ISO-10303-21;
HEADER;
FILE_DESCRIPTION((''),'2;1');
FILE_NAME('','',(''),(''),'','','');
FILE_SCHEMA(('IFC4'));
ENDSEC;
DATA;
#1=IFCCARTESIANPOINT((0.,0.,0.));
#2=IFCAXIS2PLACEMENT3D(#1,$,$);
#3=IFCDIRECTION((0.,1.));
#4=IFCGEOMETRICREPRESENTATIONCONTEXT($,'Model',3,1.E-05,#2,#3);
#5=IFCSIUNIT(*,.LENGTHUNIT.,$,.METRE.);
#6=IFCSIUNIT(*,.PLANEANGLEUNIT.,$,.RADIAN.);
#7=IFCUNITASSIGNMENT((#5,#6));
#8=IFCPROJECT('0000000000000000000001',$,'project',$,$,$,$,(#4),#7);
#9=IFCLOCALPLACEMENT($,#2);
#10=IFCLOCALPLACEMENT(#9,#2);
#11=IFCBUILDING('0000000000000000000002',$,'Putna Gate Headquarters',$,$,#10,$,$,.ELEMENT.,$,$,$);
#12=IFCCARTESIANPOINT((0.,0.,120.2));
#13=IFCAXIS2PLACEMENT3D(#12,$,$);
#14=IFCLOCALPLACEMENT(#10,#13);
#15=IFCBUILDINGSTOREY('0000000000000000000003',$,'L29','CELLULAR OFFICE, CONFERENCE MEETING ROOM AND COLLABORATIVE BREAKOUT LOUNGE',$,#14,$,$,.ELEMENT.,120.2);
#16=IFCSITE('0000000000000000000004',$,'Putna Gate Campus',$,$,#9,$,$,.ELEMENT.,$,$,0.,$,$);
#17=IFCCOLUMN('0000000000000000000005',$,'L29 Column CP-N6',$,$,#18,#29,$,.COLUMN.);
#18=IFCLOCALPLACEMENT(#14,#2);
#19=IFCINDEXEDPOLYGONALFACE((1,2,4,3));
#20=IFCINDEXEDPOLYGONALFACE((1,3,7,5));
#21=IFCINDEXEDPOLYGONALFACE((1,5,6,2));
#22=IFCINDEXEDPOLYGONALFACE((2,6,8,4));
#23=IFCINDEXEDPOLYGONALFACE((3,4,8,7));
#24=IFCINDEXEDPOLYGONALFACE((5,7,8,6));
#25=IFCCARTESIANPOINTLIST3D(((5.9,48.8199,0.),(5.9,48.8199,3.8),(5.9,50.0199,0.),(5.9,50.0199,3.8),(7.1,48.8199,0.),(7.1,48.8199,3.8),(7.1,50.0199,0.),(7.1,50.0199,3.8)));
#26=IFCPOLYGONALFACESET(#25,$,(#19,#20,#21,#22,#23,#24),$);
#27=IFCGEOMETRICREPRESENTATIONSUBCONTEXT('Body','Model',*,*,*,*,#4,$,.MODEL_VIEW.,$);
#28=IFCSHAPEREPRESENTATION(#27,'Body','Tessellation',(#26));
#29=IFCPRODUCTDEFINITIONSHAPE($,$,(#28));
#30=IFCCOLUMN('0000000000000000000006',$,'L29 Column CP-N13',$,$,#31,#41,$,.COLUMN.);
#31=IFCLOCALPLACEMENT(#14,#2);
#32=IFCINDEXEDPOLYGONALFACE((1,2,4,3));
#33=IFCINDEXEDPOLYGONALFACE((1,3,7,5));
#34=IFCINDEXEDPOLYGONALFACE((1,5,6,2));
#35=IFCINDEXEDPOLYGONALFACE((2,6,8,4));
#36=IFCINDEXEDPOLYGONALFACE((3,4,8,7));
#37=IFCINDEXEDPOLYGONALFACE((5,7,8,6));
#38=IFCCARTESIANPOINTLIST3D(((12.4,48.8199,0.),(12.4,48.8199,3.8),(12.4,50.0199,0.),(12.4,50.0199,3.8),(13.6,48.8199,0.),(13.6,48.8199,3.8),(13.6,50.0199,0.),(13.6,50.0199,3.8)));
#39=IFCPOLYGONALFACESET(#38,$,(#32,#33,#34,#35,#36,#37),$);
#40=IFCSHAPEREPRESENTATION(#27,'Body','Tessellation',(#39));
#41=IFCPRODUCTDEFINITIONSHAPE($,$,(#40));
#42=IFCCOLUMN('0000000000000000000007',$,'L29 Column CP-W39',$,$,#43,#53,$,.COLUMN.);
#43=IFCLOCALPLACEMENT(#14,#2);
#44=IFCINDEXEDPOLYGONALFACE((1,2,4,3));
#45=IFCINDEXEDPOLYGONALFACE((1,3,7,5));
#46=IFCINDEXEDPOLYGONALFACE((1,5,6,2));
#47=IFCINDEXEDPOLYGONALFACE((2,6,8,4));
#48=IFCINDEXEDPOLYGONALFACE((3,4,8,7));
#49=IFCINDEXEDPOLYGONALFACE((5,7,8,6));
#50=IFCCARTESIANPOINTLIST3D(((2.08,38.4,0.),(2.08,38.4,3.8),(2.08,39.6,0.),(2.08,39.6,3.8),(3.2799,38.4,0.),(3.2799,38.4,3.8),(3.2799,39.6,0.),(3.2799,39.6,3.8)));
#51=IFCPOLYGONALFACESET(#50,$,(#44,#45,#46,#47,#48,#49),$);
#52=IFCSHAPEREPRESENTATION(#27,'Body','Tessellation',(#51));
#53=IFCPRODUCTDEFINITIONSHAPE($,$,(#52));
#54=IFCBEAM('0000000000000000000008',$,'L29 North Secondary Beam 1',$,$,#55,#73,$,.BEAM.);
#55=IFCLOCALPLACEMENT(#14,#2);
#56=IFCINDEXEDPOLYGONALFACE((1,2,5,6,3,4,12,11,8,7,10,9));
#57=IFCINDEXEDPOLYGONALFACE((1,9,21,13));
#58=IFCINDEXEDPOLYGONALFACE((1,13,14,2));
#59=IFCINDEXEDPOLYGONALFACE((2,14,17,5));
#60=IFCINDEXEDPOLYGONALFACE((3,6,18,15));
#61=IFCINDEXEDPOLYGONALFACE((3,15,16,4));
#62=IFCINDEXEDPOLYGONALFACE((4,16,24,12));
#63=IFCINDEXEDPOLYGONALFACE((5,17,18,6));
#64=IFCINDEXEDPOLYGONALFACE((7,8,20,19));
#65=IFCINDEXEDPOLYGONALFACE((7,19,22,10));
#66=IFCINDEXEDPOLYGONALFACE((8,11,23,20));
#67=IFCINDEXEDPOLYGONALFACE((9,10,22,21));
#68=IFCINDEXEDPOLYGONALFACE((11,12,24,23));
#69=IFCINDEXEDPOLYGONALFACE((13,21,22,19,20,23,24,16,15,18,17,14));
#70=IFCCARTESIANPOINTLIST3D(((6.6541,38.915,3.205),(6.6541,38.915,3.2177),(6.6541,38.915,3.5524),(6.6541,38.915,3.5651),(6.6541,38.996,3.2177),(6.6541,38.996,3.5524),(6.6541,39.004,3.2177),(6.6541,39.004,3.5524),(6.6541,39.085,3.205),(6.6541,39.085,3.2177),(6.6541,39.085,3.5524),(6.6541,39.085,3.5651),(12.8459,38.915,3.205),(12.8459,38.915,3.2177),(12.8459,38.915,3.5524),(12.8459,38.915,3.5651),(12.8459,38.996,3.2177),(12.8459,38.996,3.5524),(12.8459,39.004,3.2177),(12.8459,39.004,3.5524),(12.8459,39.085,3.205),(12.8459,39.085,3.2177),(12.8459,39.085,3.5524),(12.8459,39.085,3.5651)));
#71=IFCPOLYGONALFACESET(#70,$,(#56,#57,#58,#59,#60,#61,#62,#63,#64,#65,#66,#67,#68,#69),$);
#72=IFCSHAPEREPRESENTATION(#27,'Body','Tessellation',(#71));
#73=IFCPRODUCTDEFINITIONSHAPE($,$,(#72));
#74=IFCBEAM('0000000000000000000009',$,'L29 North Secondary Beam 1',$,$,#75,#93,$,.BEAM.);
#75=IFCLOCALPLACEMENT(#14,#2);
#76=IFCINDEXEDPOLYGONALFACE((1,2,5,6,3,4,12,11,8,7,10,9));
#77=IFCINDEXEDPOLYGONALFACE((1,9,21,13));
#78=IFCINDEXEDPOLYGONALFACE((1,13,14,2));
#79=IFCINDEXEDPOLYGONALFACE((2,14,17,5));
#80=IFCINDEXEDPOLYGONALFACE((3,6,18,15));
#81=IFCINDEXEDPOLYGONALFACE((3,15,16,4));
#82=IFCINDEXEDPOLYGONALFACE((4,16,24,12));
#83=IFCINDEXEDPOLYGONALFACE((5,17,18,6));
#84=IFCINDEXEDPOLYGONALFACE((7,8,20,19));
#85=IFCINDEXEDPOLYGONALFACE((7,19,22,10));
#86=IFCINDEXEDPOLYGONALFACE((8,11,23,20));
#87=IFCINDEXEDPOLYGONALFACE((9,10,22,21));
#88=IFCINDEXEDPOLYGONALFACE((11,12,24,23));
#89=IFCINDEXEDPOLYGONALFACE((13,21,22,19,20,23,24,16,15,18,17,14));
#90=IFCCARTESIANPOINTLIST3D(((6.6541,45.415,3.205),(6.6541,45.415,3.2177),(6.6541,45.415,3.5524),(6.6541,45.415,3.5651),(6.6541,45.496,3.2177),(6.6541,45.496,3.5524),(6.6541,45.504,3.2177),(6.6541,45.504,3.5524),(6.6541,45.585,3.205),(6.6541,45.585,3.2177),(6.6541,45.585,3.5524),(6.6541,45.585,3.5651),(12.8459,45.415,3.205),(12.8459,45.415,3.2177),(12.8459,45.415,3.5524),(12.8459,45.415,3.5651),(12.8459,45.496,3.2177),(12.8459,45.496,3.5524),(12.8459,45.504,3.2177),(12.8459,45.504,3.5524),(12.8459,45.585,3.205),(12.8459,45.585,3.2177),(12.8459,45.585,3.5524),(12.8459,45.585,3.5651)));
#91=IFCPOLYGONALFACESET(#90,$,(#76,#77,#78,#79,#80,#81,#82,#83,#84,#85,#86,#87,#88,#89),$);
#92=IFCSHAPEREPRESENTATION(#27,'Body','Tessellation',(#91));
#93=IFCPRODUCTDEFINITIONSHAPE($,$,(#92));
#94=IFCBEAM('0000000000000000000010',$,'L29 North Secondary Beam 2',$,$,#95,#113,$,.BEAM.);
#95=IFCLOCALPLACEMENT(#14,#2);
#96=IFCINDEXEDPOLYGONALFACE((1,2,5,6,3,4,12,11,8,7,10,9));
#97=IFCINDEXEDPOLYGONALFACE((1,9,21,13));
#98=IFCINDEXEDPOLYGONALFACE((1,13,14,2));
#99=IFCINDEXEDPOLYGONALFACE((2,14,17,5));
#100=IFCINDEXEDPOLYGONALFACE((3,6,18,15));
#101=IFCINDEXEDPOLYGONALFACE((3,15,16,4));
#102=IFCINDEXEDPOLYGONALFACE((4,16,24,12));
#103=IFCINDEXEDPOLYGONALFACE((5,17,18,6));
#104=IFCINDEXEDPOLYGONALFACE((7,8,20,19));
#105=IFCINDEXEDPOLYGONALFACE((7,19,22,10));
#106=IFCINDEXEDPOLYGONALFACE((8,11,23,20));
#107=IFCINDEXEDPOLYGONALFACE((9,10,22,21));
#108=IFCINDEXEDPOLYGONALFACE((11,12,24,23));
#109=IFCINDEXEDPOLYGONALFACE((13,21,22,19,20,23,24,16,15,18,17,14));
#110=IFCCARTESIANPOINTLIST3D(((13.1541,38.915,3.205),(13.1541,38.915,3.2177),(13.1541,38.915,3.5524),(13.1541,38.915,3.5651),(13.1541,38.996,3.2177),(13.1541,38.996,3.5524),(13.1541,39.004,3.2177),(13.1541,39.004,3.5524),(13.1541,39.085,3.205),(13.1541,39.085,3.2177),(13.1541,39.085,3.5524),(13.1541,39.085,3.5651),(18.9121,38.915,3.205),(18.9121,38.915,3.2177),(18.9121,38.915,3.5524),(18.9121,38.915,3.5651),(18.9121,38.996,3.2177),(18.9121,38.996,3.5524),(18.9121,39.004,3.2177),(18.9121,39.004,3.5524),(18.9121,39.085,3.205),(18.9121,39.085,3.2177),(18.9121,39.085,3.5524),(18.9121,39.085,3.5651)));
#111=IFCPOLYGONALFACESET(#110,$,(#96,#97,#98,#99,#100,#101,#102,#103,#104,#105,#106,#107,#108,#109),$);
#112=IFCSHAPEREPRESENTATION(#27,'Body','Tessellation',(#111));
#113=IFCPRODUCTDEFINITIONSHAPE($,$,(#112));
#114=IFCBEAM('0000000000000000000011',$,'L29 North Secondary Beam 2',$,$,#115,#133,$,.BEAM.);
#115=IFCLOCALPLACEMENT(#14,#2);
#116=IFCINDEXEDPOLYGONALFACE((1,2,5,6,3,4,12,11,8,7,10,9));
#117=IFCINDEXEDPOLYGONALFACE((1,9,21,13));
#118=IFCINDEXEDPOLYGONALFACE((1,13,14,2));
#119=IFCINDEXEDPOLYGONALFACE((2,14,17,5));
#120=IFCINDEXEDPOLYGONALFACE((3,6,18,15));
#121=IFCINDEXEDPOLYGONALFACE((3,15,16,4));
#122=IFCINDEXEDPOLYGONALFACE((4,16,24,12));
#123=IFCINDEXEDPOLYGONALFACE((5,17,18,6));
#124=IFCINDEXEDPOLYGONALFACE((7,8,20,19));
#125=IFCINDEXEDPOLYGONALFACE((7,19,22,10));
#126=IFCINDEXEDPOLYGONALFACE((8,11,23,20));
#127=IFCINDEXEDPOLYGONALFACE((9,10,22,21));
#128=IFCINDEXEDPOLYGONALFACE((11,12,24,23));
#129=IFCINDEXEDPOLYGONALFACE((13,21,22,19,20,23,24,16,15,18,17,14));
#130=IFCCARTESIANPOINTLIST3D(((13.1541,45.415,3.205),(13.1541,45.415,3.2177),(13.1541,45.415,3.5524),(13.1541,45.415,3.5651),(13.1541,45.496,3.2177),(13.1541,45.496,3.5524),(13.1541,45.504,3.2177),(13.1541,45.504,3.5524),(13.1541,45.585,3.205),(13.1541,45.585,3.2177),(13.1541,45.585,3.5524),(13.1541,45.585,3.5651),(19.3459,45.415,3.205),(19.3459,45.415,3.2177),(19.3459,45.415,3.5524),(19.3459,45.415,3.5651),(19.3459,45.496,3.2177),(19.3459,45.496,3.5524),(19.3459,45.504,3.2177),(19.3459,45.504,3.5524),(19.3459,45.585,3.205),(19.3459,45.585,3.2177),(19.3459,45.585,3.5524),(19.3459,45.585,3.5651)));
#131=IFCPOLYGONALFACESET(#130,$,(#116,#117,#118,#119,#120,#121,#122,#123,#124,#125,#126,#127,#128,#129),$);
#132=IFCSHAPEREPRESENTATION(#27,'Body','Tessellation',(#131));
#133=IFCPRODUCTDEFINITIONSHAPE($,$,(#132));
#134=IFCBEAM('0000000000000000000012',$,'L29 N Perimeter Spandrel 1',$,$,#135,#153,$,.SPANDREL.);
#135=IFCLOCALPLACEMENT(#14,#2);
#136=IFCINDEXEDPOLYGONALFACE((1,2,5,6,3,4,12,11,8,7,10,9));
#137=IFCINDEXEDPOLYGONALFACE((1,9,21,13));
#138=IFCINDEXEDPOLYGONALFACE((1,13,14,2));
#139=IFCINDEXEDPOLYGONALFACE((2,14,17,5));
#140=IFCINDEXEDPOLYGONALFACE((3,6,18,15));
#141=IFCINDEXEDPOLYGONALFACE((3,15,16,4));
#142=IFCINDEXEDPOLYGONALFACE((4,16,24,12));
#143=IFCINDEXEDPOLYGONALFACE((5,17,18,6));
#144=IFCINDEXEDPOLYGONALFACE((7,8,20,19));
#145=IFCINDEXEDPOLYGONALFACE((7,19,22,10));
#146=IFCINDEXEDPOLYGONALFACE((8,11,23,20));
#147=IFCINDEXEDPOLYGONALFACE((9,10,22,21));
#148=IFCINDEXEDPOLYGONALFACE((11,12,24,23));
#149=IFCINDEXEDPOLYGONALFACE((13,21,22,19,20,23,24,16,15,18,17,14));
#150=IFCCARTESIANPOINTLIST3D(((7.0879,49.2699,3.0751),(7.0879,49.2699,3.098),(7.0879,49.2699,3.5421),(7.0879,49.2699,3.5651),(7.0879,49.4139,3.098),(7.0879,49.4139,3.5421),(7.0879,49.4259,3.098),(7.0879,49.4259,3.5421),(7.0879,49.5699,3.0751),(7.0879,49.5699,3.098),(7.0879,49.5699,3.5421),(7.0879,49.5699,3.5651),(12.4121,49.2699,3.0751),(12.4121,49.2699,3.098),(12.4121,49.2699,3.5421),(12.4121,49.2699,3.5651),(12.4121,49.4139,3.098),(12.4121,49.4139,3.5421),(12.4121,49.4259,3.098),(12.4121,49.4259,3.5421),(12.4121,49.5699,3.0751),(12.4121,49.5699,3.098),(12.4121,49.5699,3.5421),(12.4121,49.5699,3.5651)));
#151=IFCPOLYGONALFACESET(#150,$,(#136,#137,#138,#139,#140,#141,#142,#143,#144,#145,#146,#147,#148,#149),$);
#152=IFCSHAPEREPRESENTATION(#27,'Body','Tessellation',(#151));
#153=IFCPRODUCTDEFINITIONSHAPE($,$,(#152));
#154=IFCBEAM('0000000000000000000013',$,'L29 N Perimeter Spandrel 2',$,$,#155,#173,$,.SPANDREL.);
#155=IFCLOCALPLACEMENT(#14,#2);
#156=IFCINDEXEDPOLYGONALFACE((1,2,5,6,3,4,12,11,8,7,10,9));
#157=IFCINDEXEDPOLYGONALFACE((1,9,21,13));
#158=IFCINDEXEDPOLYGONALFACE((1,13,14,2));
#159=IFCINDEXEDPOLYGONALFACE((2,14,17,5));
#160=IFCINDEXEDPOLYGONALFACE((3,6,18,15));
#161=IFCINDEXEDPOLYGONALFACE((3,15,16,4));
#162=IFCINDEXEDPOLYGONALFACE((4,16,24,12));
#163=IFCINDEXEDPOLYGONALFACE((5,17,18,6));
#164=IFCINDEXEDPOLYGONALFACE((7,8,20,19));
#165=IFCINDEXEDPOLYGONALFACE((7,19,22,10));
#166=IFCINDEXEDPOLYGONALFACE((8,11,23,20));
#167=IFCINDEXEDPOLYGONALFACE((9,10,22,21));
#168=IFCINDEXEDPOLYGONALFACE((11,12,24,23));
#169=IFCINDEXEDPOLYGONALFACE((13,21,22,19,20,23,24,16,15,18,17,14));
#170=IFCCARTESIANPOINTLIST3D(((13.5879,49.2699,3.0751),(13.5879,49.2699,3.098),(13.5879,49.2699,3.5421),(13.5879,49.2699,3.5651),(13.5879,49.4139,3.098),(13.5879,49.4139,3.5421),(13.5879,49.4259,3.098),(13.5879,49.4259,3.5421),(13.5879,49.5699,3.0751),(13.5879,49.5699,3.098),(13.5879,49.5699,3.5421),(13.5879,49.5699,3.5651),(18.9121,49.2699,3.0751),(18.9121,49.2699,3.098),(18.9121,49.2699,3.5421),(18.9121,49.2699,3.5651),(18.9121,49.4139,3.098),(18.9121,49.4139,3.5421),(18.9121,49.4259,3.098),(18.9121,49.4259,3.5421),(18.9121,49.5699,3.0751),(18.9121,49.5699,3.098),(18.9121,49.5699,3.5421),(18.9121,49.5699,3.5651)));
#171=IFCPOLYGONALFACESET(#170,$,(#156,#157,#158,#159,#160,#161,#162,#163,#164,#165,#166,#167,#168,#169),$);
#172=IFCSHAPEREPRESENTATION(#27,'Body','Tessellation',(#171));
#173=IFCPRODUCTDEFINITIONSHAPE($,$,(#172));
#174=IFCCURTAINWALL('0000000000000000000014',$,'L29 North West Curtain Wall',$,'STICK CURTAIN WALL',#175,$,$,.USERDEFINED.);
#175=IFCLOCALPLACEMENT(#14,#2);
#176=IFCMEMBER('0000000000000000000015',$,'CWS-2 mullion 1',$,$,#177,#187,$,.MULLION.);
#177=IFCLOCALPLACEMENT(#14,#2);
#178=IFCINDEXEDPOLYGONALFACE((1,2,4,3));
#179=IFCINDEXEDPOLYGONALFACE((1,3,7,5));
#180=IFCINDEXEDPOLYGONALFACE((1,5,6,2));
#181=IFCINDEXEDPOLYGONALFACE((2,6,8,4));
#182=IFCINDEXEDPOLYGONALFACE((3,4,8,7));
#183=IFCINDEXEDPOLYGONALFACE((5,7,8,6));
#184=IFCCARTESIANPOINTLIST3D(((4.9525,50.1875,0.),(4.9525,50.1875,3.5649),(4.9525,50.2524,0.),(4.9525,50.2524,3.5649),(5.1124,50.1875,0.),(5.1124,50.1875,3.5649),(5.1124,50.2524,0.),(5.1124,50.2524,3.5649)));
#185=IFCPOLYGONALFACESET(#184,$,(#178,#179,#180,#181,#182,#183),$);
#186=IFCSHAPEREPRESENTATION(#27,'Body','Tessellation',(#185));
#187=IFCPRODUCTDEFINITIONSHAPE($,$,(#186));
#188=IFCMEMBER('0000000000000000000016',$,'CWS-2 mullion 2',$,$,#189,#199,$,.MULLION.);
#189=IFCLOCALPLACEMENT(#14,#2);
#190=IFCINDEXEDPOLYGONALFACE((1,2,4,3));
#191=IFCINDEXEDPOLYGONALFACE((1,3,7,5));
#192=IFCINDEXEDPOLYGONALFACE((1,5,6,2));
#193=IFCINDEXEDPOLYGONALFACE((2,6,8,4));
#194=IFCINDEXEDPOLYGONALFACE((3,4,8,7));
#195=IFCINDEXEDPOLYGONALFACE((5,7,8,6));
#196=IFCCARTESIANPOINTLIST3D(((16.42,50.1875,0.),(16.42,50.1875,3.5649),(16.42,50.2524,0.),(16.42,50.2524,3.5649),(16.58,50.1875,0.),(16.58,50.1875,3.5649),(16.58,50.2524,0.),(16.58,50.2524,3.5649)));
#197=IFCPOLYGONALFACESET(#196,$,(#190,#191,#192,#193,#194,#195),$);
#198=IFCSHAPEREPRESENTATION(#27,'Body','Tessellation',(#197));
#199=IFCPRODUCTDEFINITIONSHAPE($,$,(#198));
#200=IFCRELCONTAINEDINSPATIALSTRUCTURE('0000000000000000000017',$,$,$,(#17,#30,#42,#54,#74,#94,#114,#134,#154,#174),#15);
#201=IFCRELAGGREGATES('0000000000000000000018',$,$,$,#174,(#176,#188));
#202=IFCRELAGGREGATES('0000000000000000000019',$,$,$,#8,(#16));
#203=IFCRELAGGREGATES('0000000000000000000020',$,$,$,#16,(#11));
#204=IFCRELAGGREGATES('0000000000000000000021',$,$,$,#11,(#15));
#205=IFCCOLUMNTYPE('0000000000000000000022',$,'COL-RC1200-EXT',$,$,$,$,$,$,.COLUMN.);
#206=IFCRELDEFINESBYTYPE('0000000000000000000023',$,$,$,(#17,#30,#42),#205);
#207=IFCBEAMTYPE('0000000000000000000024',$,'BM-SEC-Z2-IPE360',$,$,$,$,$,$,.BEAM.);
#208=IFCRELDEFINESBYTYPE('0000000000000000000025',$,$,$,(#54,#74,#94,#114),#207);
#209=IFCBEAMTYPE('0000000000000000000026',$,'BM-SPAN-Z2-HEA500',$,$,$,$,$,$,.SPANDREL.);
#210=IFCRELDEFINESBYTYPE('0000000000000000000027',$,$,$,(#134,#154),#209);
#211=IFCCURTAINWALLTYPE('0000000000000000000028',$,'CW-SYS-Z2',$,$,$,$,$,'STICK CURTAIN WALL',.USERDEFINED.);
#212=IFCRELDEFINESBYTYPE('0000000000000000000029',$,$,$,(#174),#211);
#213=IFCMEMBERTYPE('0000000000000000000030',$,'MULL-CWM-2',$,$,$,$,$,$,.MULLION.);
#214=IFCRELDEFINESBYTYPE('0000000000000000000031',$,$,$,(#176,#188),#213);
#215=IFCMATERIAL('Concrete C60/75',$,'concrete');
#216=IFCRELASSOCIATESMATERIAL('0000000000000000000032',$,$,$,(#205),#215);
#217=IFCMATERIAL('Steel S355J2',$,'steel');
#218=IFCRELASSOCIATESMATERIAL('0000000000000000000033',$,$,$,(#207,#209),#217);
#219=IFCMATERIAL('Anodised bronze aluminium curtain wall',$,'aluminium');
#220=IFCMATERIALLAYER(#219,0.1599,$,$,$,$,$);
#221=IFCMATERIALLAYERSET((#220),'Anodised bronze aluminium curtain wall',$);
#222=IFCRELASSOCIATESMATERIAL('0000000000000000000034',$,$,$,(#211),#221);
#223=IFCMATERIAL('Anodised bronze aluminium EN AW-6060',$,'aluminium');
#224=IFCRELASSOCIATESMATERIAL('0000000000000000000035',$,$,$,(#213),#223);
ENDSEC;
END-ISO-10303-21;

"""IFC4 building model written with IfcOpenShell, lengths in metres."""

from ifc_helpers import new_model, si_unit, direction, frame, origin, origin_2d, place, context, subcontext, project, spatial, rectangle, i_section, extrude, material, layer, layer_set, material_profile, profile_set, type_object, element, aggregate, save


model = new_model("IFC4")

# Units and contexts
model_context = context("Model", 3, precision=1e-05, world=origin(), true_north=direction((0.0, 1.0)))
body_context = subcontext(model_context, "Body", "Model", "MODEL_VIEW")
ifc_project = project(units=[si_unit("LENGTHUNIT", "METRE"), si_unit("PLANEANGLEUNIT", "RADIAN")], contexts=[model_context])

# Site, building, storey
site_placement = place(None, origin())
site = spatial("IfcSite", under=ifc_project, at=site_placement, Name="Putna Gate Campus", CompositionType="ELEMENT", RefElevation=0.0)
building_placement = place(site_placement, origin())
building = spatial("IfcBuilding", under=site, at=building_placement, Name="Putna Gate Headquarters", CompositionType="ELEMENT")
storey_placement = place(building_placement, frame((0.0, 0.0, 120.2)))
storey = spatial("IfcBuildingStorey", under=building, at=storey_placement, Name="L29", Description="CELLULAR OFFICE, CONFERENCE MEETING ROOM AND COLLABORATIVE BREAKOUT LOUNGE", CompositionType="ELEMENT", Elevation=120.2)

# Columns
ifc_material_1 = material(Name="Concrete C60/75", Category="concrete")
ifc_material_profile_1 = material_profile(ifc_material_1, rectangle(XDim=1.2, YDim=1.2, at=origin_2d()), Name="Concrete C60/75")
ifc_profile_set_1 = profile_set([ifc_material_profile_1], Name="Concrete C60/75")
column_type = type_object("IfcColumnType", Name="COL-RC1200-EXT", PredefinedType="COLUMN", material=ifc_profile_set_1)
for number, where, z_axis, x_axis, name in (
    (1, (6.5, 49.4199, 0.0), (0.0, 0.0, 1.0), (1.0, 0.0, 0.0), "L29 Column CP-N6"),
    (2, (13.0, 49.4199, 0.0), (0.0, 0.0, 1.0), (1.0, 0.0, 0.0), "L29 Column CP-N13"),
    (3, (2.6799, 39.0, 0.0), (0.0, 0.0, 1.0), (1.0, 0.0, 0.0), "L29 Column CP-W39"),
):
    element("IfcColumn", number, at=place(storey_placement, frame(where, z_axis=z_axis, x_axis=x_axis)), inside=storey, type_object=column_type, Name=name, PredefinedType="COLUMN", context=body_context, shape_type="SweptSolid", body=[
        extrude(rectangle(XDim=1.2, YDim=1.2, at=origin_2d()), origin(), (0.0, 0.0, 1.0), 3.8),
    ])

# Beams
ifc_material_2 = material(Name="Steel S355J2", Category="steel")
ifc_material_profile_2 = material_profile(ifc_material_2, i_section(OverallWidth=0.1699, OverallDepth=0.3601, WebThickness=0.0081, FlangeThickness=0.0127, at=origin_2d()), Name="Steel S355J2")
ifc_profile_set_2 = profile_set([ifc_material_profile_2], Name="Steel S355J2")
beam_type_1 = type_object("IfcBeamType", Name="BM-SEC-Z2-IPE360", PredefinedType="BEAM", material=ifc_profile_set_2)
for number, where, z_axis, x_axis, name in (
    (4, (6.6541, 39.0, 3.385), (1.0, 0.0, 0.0), (0.0, 1.0, 0.0), "L29 North Secondary Beam 1"),
    (5, (6.6541, 45.5, 3.385), (1.0, 0.0, 0.0), (0.0, 1.0, 0.0), "L29 North Secondary Beam 1"),
):
    element("IfcBeam", number, at=place(storey_placement, frame(where, z_axis=z_axis, x_axis=x_axis)), inside=storey, type_object=beam_type_1, Name=name, PredefinedType="BEAM", context=body_context, shape_type="SweptSolid", body=[
        extrude(i_section(OverallWidth=0.1699, OverallDepth=0.3601, WebThickness=0.0081, FlangeThickness=0.0127, at=origin_2d()), origin(), (0.0, 0.0, 1.0), 6.1919),
    ])
beam_1_placement = place(storey_placement, frame((13.1541, 39.0, 3.385), z_axis=(1.0, 0.0, 0.0), x_axis=(0.0, 1.0, 0.0)))
element("IfcBeam", 6, at=beam_1_placement, inside=storey, type_object=beam_type_1, Name="L29 North Secondary Beam 2", PredefinedType="BEAM", context=body_context, shape_type="SweptSolid", body=[
    extrude(i_section(OverallWidth=0.1699, OverallDepth=0.3601, WebThickness=0.0081, FlangeThickness=0.0127, at=origin_2d()), origin(), (0.0, 0.0, 1.0), 5.7581),
])
beam_2_placement = place(storey_placement, frame((13.1541, 45.5, 3.385), z_axis=(1.0, 0.0, 0.0), x_axis=(0.0, 1.0, 0.0)))
element("IfcBeam", 7, at=beam_2_placement, inside=storey, type_object=beam_type_1, Name="L29 North Secondary Beam 2", PredefinedType="BEAM", context=body_context, shape_type="SweptSolid", body=[
    extrude(i_section(OverallWidth=0.1699, OverallDepth=0.3601, WebThickness=0.0081, FlangeThickness=0.0127, at=origin_2d()), origin(), (0.0, 0.0, 1.0), 6.1919),
])
ifc_material_profile_3 = material_profile(ifc_material_2, i_section(OverallWidth=0.3, OverallDepth=0.49, WebThickness=0.012, FlangeThickness=0.0229, at=origin_2d()), Name="Steel S355J2")
ifc_profile_set_3 = profile_set([ifc_material_profile_3], Name="Steel S355J2")
beam_type_2 = type_object("IfcBeamType", Name="BM-SPAN-Z2-HEA500", PredefinedType="SPANDREL", material=ifc_profile_set_3)
for number, where, z_axis, x_axis, name in (
    (8, (7.0879, 49.4199, 3.3201), (1.0, 0.0, 0.0), (0.0, 1.0, 0.0), "L29 N Perimeter Spandrel 1"),
    (9, (13.5879, 49.4199, 3.3201), (1.0, 0.0, 0.0), (0.0, 1.0, 0.0), "L29 N Perimeter Spandrel 2"),
):
    element("IfcBeam", number, at=place(storey_placement, frame(where, z_axis=z_axis, x_axis=x_axis)), inside=storey, type_object=beam_type_2, Name=name, PredefinedType="SPANDREL", context=body_context, shape_type="SweptSolid", body=[
        extrude(i_section(OverallWidth=0.3, OverallDepth=0.49, WebThickness=0.012, FlangeThickness=0.0229, at=origin_2d()), origin(), (0.0, 0.0, 1.0), 5.3242),
    ])

# Curtain wall, members
ifc_material_3 = material(Name="Anodised bronze aluminium curtain wall", Category="aluminium")
ifc_layer_1 = layer(ifc_material_3, 0.1599)
ifc_layer_set_1 = layer_set([ifc_layer_1], Name="Anodised bronze aluminium curtain wall")
curtain_wall_type = type_object("IfcCurtainWallType", Name="CW-SYS-Z2", ElementType="STICK CURTAIN WALL", PredefinedType="USERDEFINED", material=ifc_layer_set_1)
curtain_wall_1_placement = place(storey_placement, origin())
curtain_wall_1 = element("IfcCurtainWall", 10, at=curtain_wall_1_placement, inside=storey, type_object=curtain_wall_type, Name="L29 North West Curtain Wall", ObjectType="STICK CURTAIN WALL", PredefinedType="USERDEFINED")
ifc_material_4 = material(Name="Anodised bronze aluminium EN AW-6060", Category="aluminium")
ifc_material_profile_4 = material_profile(ifc_material_4, rectangle(XDim=0.0649, YDim=0.1599, at=origin_2d()), Name="Anodised bronze aluminium EN AW-6060")
ifc_profile_set_4 = profile_set([ifc_material_profile_4], Name="Anodised bronze aluminium EN AW-6060")
member_type_1 = type_object("IfcMemberType", Name="MULL-CWM-2", PredefinedType="MULLION", material=ifc_profile_set_4)
member_1_placement = place(storey_placement, frame((5.0325, 50.22, 0.0), z_axis=(0.0, 0.0, 1.0), x_axis=(0.0, 1.0, 0.0)))
member_1 = element("IfcMember", 11, at=member_1_placement, type_object=member_type_1, Name="CWS-2 mullion 1", PredefinedType="MULLION", context=body_context, shape_type="SweptSolid", body=[
    extrude(rectangle(XDim=0.0649, YDim=0.1599, at=origin_2d()), origin(), (0.0, 0.0, 1.0), 3.5649),
])
member_2_placement = place(storey_placement, frame((16.5, 50.22, 0.0), z_axis=(0.0, 0.0, 1.0), x_axis=(0.0, 1.0, 0.0)))
member_2 = element("IfcMember", 12, at=member_2_placement, type_object=member_type_1, Name="CWS-2 mullion 2", PredefinedType="MULLION", context=body_context, shape_type="SweptSolid", body=[
    extrude(rectangle(XDim=0.0649, YDim=0.1599, at=origin_2d()), origin(), (0.0, 0.0, 1.0), 3.5649),
])

aggregate(curtain_wall_1, [member_1, member_2])

save(model, "model.ifc")
